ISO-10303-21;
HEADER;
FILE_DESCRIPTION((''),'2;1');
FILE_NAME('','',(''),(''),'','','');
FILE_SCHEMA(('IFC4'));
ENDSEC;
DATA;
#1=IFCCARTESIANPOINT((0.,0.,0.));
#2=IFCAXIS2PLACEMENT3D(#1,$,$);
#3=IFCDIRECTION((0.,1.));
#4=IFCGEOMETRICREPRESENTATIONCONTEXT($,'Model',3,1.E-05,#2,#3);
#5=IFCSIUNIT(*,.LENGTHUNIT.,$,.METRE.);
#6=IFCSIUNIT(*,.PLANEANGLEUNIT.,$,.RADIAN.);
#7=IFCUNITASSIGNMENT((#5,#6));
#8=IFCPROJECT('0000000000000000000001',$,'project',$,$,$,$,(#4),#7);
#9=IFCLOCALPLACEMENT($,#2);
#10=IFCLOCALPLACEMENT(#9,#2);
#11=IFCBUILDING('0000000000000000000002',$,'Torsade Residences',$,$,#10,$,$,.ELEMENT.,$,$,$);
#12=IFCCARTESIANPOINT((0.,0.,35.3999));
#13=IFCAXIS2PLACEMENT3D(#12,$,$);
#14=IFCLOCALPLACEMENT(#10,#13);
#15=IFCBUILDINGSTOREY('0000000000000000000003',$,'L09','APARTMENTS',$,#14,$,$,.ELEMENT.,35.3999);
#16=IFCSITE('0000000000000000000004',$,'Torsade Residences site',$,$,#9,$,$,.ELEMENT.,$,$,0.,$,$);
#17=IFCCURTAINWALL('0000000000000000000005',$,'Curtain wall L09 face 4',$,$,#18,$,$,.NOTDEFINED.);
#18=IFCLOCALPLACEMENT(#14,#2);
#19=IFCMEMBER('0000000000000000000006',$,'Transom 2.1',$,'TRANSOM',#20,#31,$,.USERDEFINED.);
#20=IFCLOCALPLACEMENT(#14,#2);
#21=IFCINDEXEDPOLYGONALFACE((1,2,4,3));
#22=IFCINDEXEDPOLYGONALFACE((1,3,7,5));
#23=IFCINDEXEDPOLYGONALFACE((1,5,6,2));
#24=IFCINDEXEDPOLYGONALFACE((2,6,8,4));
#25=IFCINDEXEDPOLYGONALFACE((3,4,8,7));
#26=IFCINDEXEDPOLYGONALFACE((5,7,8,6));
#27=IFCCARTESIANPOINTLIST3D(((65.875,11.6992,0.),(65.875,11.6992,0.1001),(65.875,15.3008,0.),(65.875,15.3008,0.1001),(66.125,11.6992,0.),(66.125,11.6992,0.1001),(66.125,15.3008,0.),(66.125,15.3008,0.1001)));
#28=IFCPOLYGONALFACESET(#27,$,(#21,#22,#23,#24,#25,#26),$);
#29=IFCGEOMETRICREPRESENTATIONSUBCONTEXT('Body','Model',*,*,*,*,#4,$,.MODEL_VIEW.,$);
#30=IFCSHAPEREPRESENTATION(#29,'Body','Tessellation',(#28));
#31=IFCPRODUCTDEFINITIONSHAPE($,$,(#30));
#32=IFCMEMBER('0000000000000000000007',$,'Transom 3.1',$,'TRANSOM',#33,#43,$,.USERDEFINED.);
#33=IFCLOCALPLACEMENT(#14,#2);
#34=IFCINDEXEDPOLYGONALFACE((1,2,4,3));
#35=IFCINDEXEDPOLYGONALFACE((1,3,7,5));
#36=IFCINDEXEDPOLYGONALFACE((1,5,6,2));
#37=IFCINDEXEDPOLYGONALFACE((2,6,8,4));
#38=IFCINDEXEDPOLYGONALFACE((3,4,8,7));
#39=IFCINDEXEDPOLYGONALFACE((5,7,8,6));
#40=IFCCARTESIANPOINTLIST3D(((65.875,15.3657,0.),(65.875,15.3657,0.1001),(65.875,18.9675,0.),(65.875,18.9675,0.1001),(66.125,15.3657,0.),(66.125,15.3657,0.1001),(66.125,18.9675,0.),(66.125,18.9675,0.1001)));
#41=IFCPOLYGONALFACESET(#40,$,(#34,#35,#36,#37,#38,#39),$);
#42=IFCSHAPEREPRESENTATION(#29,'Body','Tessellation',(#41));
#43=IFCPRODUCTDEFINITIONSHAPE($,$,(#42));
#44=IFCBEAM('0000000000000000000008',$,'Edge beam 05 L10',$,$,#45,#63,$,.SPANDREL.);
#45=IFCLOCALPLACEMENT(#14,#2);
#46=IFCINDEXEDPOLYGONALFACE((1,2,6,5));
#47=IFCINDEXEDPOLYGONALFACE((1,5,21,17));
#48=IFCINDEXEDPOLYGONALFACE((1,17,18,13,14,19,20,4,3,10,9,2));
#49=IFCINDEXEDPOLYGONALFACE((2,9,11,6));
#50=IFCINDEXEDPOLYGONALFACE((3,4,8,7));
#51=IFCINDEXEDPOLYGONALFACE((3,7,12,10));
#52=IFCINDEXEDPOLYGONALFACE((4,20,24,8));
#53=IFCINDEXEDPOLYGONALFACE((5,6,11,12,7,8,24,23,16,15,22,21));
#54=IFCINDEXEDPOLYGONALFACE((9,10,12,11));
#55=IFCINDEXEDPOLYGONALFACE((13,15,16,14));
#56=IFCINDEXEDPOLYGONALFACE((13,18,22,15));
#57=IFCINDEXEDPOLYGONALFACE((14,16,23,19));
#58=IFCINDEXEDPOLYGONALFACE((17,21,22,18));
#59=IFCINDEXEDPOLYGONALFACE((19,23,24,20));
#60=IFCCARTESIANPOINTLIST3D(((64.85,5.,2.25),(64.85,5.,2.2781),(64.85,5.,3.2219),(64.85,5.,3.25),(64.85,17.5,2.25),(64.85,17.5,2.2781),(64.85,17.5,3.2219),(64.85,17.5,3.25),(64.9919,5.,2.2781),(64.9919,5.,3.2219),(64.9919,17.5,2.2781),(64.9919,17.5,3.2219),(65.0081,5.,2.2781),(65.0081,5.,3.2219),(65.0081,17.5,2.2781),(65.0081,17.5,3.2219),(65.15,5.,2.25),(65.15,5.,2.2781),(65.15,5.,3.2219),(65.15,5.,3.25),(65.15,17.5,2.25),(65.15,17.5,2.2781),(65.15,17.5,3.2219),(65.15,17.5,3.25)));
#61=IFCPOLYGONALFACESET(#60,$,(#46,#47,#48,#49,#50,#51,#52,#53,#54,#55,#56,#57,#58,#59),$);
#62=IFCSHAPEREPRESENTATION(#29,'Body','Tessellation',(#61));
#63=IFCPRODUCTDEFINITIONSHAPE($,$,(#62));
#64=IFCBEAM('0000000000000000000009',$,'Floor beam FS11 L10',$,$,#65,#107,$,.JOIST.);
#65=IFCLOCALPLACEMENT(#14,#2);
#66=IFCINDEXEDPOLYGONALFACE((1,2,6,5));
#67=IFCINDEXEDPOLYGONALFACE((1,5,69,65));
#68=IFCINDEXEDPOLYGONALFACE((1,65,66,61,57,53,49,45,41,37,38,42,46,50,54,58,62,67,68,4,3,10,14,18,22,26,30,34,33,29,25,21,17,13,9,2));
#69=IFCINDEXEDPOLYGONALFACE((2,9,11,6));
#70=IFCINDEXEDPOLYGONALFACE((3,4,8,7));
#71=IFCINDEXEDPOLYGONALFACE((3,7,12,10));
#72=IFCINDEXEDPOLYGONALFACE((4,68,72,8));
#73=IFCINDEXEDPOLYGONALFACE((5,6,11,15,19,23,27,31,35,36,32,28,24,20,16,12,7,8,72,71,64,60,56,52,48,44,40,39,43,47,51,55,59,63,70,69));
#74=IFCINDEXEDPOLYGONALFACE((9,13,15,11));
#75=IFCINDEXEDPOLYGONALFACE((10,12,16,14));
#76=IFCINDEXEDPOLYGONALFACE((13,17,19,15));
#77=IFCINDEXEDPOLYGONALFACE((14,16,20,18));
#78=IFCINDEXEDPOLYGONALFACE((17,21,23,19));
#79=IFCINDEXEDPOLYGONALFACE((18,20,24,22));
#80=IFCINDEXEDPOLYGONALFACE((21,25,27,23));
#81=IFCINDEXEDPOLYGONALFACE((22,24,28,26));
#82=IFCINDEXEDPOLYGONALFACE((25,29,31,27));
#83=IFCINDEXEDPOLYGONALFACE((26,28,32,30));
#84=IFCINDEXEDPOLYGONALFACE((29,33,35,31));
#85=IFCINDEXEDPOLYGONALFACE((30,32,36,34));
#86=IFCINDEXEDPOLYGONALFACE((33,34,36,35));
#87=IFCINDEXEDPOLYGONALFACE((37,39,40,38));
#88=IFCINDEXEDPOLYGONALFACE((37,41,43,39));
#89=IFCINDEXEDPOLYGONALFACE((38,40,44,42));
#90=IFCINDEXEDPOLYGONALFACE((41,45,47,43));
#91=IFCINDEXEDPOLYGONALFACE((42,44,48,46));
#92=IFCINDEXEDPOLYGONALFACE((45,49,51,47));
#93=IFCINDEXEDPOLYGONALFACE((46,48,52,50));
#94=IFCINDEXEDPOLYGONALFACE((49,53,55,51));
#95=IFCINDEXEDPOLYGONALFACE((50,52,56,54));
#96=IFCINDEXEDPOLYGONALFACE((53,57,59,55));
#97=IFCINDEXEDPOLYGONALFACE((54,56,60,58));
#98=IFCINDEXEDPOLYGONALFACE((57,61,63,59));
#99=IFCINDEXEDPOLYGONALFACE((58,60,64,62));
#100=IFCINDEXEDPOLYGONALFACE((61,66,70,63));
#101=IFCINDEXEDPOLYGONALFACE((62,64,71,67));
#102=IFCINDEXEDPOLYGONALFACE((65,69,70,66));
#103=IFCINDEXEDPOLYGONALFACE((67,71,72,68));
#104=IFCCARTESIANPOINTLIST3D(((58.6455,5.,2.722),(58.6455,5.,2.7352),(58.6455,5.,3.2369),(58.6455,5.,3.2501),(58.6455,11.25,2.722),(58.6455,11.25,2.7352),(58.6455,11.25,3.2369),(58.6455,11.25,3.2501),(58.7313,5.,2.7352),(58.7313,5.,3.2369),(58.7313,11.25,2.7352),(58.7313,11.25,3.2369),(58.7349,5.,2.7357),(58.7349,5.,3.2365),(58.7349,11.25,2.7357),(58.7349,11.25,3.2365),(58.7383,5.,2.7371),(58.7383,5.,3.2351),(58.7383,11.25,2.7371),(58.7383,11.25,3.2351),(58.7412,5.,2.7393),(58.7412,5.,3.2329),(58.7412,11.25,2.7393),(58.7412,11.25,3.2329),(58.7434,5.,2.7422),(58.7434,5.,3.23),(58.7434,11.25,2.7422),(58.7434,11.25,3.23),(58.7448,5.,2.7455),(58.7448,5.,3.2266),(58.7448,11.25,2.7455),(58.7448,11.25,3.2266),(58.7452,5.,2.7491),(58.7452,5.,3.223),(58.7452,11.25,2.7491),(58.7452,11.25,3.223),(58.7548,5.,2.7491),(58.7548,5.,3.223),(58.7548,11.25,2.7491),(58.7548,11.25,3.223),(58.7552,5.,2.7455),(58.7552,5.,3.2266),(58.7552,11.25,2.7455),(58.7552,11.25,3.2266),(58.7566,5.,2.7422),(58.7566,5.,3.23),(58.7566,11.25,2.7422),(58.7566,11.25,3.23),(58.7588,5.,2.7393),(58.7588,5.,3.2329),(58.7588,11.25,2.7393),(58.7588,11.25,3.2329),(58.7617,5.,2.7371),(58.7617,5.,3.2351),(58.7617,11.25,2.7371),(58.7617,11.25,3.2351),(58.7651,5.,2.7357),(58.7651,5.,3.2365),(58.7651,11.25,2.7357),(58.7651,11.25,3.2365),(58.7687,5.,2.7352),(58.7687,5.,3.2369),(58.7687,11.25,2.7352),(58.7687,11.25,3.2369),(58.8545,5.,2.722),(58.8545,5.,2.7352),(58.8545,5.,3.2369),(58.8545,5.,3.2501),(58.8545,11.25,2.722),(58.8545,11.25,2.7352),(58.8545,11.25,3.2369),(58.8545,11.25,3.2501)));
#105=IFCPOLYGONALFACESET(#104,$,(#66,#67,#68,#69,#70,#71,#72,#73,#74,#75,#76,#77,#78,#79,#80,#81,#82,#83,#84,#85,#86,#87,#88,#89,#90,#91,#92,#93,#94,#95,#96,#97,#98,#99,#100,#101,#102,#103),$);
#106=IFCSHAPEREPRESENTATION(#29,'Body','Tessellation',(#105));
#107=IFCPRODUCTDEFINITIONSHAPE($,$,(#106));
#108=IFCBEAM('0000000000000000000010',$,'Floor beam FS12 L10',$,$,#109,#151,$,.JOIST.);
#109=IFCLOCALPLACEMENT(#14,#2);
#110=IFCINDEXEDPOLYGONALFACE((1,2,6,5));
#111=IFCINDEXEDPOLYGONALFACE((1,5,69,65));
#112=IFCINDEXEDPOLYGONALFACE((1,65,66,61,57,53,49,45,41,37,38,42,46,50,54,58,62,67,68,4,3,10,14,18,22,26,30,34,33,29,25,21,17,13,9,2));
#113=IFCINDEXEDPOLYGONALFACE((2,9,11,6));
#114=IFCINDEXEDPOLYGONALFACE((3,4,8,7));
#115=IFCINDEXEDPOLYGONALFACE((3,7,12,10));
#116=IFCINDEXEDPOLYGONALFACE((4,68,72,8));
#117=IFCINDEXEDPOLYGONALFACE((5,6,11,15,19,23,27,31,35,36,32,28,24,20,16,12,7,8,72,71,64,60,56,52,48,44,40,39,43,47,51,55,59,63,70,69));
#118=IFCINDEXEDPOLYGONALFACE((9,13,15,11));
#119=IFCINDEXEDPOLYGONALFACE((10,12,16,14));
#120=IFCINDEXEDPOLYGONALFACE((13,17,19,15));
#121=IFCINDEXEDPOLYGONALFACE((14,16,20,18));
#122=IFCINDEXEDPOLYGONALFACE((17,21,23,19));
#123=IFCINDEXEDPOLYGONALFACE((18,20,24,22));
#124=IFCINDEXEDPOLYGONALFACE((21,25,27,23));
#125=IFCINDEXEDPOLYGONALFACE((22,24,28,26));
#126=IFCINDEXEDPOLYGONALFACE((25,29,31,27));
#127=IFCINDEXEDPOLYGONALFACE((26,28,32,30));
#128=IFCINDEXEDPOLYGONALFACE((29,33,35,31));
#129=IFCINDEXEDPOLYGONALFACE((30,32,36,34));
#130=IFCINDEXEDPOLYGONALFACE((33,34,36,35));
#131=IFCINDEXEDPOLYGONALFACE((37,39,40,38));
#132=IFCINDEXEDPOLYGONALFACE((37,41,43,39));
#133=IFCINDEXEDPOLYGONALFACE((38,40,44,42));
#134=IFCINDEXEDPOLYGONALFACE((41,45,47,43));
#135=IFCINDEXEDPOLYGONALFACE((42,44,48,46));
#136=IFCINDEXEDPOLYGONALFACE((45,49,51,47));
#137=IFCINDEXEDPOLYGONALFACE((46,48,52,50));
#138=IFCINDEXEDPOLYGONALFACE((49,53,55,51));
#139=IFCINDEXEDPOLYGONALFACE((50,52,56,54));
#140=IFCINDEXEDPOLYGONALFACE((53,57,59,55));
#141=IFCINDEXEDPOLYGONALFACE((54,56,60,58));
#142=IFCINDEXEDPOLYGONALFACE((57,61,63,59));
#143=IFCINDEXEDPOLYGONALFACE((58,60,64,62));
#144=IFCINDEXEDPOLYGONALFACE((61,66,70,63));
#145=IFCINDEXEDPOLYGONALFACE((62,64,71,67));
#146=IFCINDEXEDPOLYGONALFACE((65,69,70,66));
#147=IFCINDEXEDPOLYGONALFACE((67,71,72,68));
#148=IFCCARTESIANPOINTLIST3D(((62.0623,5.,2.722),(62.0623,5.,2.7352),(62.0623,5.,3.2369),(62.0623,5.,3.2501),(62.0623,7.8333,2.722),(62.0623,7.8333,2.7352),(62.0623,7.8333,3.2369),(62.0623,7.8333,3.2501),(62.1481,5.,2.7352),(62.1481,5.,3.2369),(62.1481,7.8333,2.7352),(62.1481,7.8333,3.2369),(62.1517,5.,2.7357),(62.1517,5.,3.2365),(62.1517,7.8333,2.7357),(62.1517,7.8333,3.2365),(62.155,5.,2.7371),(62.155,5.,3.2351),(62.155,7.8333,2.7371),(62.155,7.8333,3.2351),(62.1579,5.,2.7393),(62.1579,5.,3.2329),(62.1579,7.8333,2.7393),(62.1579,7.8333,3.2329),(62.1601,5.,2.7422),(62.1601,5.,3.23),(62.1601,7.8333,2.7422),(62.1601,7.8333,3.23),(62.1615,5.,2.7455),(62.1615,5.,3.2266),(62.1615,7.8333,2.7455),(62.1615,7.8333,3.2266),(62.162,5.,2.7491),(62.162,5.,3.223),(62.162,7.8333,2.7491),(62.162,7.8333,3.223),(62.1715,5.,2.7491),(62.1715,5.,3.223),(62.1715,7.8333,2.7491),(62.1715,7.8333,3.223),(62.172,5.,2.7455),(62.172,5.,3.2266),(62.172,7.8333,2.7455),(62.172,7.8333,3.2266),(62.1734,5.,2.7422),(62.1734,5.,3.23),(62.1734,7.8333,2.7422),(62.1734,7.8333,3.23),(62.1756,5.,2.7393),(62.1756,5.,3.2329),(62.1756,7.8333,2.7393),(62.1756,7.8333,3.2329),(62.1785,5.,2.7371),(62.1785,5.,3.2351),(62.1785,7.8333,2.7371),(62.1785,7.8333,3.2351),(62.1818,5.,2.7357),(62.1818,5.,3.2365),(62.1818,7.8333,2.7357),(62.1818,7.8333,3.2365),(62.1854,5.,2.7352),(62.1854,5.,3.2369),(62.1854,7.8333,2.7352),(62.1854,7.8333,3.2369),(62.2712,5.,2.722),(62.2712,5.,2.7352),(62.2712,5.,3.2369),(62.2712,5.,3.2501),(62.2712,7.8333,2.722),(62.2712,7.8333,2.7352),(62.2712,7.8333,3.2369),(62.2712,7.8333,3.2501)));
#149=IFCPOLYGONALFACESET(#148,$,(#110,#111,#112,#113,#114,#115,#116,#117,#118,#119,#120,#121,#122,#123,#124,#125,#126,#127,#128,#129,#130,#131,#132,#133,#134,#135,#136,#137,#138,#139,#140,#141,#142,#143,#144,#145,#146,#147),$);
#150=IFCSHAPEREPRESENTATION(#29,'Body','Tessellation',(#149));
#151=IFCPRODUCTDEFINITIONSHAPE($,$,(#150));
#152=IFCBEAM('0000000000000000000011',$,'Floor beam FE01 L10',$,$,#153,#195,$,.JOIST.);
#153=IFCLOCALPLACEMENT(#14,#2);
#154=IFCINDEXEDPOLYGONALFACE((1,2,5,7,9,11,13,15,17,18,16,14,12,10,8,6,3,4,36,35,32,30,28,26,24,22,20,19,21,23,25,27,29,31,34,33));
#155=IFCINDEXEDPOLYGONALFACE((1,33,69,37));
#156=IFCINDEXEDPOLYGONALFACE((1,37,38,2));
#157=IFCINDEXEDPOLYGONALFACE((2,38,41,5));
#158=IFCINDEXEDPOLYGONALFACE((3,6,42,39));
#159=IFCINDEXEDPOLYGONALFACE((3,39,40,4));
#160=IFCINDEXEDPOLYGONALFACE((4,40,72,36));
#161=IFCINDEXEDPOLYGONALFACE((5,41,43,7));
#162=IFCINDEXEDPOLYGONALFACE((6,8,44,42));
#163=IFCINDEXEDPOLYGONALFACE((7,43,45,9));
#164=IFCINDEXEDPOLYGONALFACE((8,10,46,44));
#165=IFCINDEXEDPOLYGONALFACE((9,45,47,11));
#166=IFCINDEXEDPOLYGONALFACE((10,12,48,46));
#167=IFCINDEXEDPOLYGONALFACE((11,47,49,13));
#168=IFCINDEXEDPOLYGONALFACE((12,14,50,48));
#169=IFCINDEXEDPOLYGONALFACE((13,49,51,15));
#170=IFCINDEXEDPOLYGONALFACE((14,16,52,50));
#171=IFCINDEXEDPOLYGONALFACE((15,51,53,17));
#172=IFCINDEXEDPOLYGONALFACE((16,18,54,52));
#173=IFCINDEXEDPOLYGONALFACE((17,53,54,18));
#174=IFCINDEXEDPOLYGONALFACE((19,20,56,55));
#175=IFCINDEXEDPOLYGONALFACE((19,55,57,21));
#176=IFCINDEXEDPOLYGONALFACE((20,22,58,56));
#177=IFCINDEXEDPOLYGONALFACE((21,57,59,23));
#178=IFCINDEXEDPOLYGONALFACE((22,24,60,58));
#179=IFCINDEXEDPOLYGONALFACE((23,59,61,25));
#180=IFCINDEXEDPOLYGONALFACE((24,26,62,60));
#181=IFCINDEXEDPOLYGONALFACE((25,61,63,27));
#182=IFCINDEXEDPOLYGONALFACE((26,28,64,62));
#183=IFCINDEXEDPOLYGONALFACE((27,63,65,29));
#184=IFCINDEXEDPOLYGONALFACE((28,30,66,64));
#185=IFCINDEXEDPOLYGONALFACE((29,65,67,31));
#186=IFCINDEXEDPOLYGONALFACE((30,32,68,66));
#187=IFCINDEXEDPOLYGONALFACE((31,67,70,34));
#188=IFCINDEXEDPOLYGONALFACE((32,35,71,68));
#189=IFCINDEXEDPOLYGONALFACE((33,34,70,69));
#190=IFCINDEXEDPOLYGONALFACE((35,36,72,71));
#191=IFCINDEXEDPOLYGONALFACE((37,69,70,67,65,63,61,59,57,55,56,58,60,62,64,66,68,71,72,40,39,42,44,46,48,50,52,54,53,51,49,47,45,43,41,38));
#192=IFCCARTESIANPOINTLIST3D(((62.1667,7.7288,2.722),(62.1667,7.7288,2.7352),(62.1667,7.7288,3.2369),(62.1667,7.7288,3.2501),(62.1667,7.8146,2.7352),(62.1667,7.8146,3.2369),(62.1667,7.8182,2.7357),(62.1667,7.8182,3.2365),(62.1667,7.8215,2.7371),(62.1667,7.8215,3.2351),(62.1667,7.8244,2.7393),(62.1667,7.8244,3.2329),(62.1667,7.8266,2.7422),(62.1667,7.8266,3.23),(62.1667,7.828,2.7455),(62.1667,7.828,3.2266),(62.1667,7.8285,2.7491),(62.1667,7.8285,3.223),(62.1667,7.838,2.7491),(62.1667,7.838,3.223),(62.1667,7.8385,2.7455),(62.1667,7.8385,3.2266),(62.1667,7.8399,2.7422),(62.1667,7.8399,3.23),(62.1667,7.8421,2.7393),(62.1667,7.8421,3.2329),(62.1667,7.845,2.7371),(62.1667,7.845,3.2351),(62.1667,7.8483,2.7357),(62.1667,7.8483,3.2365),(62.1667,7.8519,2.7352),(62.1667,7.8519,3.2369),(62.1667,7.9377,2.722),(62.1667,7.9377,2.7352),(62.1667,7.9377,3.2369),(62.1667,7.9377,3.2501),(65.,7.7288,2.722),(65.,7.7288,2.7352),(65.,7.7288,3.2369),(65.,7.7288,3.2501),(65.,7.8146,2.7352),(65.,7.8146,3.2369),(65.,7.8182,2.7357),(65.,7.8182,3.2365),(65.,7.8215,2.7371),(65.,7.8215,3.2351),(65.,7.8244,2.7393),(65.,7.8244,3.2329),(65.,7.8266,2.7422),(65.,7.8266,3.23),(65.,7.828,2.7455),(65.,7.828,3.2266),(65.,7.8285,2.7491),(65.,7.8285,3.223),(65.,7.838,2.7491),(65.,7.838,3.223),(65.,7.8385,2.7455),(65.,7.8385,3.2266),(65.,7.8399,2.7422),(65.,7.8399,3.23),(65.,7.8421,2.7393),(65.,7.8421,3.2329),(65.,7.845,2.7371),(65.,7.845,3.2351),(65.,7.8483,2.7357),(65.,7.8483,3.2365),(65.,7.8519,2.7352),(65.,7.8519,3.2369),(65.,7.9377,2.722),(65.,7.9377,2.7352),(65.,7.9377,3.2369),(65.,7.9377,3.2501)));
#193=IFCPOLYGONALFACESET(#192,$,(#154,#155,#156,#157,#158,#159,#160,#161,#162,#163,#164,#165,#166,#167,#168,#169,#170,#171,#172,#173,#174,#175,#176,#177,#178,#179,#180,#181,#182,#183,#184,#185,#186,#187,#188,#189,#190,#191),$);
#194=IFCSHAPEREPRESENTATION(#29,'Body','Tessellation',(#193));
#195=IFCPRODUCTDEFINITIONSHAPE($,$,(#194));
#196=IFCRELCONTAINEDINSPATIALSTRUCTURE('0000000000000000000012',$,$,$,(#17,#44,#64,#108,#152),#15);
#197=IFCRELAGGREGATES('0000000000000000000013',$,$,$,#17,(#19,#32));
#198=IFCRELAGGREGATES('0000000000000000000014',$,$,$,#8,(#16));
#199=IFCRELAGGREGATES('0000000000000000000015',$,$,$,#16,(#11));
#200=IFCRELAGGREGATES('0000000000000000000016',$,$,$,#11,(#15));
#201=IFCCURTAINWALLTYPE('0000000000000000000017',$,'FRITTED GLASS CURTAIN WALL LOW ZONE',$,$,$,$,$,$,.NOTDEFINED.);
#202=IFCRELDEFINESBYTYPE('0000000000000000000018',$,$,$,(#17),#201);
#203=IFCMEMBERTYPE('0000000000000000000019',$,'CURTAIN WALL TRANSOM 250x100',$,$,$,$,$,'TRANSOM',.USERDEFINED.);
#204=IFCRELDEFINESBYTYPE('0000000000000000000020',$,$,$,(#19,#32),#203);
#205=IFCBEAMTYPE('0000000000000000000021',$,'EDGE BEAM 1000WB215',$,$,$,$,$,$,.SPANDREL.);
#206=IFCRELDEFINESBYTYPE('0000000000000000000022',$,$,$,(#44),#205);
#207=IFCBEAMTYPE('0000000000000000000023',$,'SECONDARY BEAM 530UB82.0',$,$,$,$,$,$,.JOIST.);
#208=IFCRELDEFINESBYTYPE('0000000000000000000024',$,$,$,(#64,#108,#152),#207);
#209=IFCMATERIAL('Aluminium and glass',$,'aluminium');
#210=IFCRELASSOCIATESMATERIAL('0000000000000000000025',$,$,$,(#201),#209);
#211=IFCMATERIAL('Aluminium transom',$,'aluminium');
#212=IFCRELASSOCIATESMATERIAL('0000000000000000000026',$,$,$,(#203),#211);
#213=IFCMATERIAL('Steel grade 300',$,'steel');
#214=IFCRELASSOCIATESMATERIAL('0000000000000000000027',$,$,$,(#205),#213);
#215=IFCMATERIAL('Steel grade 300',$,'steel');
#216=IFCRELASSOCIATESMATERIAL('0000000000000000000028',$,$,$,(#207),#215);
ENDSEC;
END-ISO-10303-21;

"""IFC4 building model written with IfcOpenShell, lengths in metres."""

from ifc_helpers import new_model, si_unit, direction, frame, origin, origin_2d, place, context, subcontext, project, spatial, rectangle, i_section, extrude, material, material_profile, profile_set, type_object, element, aggregate, save


model = new_model("IFC4")

# Units and contexts
model_context = context("Model", 3, precision=1e-05, world=origin(), true_north=direction((0.0, 1.0)))
body_context = subcontext(model_context, "Body", "Model", "MODEL_VIEW")
ifc_project = project(units=[si_unit("LENGTHUNIT", "METRE"), si_unit("PLANEANGLEUNIT", "RADIAN")], contexts=[model_context])

# Site, building, storey
site_placement = place(None, origin())
site = spatial("IfcSite", under=ifc_project, at=site_placement, Name="Torsade Residences site", CompositionType="ELEMENT", RefElevation=0.0)
building_placement = place(site_placement, origin())
building = spatial("IfcBuilding", under=site, at=building_placement, Name="Torsade Residences", CompositionType="ELEMENT")
storey_placement = place(building_placement, frame((0.0, 0.0, 35.3999)))
storey = spatial("IfcBuildingStorey", under=building, at=storey_placement, Name="L09", Description="APARTMENTS", CompositionType="ELEMENT", Elevation=35.3999)

# Curtain wall
ifc_material_1 = material(Name="Aluminium and glass", Category="aluminium")
curtain_wall_type = type_object("IfcCurtainWallType", Name="FRITTED GLASS CURTAIN WALL LOW ZONE", PredefinedType="NOTDEFINED", material=ifc_material_1)
curtain_wall_1_placement = place(storey_placement, origin())
curtain_wall_1 = element("IfcCurtainWall", 1, at=curtain_wall_1_placement, inside=storey, type_object=curtain_wall_type, Name="Curtain wall L09 face 4", PredefinedType="NOTDEFINED")

# Members
ifc_material_2 = material(Name="Aluminium transom", Category="aluminium")
ifc_material_profile_1 = material_profile(ifc_material_2, rectangle(XDim=0.25, YDim=0.1001, at=origin_2d()), Name="CURTAIN WALL TRANSOM 250x100")
ifc_profile_set_1 = profile_set([ifc_material_profile_1], Name="Aluminium transom")
member_type_1 = type_object("IfcMemberType", Name="CURTAIN WALL TRANSOM 250x100", ElementType="TRANSOM", PredefinedType="USERDEFINED", material=ifc_profile_set_1)
member_1_placement = place(storey_placement, frame((66.0, 11.6992, 0.05), z_axis=(0.0, 1.0, 0.0), x_axis=(-1.0, 0.0, 0.0)))
member_1 = element("IfcMember", 2, at=member_1_placement, type_object=member_type_1, Name="Transom 2.1", ObjectType="TRANSOM", PredefinedType="USERDEFINED", context=body_context, shape_type="SweptSolid", body=[
    extrude(rectangle(XDim=0.25, YDim=0.1001, at=origin_2d()), origin(), (0.0, 0.0, 1.0), 3.6016),
])
member_2_placement = place(storey_placement, frame((66.0, 15.3657, 0.05), z_axis=(0.0, 1.0, 0.0), x_axis=(-1.0, 0.0, 0.0)))
member_2 = element("IfcMember", 3, at=member_2_placement, type_object=member_type_1, Name="Transom 3.1", ObjectType="TRANSOM", PredefinedType="USERDEFINED", context=body_context, shape_type="SweptSolid", body=[
    extrude(rectangle(XDim=0.25, YDim=0.1001, at=origin_2d()), origin(), (0.0, 0.0, 1.0), 3.6018),
])

# Beams
ifc_material_3 = material(Name="Steel grade 300", Category="steel")
ifc_material_profile_2 = material_profile(ifc_material_3, i_section(OverallWidth=0.3, OverallDepth=1.0, WebThickness=0.0161, FlangeThickness=0.0281, at=origin_2d()), Name="1000WB215")
ifc_profile_set_2 = profile_set([ifc_material_profile_2], Name="Steel grade 300")
beam_type_1 = type_object("IfcBeamType", Name="EDGE BEAM 1000WB215", PredefinedType="SPANDREL", material=ifc_profile_set_2)
beam_1_placement = place(storey_placement, frame((65.0, 5.0, 2.75), z_axis=(0.0, 1.0, 0.0), x_axis=(-1.0, 0.0, 0.0)))
element("IfcBeam", 4, at=beam_1_placement, inside=storey, type_object=beam_type_1, Name="Edge beam 05 L10", PredefinedType="SPANDREL", context=body_context, shape_type="SweptSolid", body=[
    extrude(i_section(OverallWidth=0.3, OverallDepth=1.0, WebThickness=0.0161, FlangeThickness=0.0281, at=origin_2d()), origin(), (0.0, 0.0, 1.0), 12.5),
])
ifc_material_4 = material(Name="Steel grade 300", Category="steel")
ifc_material_profile_3 = material_profile(ifc_material_4, i_section(OverallWidth=0.209, OverallDepth=0.5281, WebThickness=0.0095, FlangeThickness=0.0132, FilletRadius=0.0139, at=origin_2d()), Name="530UB82.0")
ifc_profile_set_3 = profile_set([ifc_material_profile_3], Name="Steel grade 300")
beam_type_2 = type_object("IfcBeamType", Name="SECONDARY BEAM 530UB82.0", PredefinedType="JOIST", material=ifc_profile_set_3)
beam_2_placement = place(storey_placement, frame((58.75, 5.0, 2.9861), z_axis=(0.0, 1.0, 0.0), x_axis=(-1.0, 0.0, 0.0)))
element("IfcBeam", 5, at=beam_2_placement, inside=storey, type_object=beam_type_2, Name="Floor beam FS11 L10", PredefinedType="JOIST", context=body_context, shape_type="SweptSolid", body=[
    extrude(i_section(OverallWidth=0.209, OverallDepth=0.5281, WebThickness=0.0095, FlangeThickness=0.0132, FilletRadius=0.0139, at=origin_2d()), origin(), (0.0, 0.0, 1.0), 6.25),
])
for number, where, z_axis, x_axis, name in (
    (6, (62.1667, 5.0, 2.9861), (0.0, 1.0, 0.0), (-1.0, 0.0, 0.0), "Floor beam FS12 L10"),
    (7, (65.0, 7.8333, 2.9861), (-1.0, 0.0, 0.0), (0.0, -1.0, 0.0), "Floor beam FE01 L10"),
):
    element("IfcBeam", number, at=place(storey_placement, frame(where, z_axis=z_axis, x_axis=x_axis)), inside=storey, type_object=beam_type_2, Name=name, PredefinedType="JOIST", context=body_context, shape_type="SweptSolid", body=[
        extrude(i_section(OverallWidth=0.209, OverallDepth=0.5281, WebThickness=0.0095, FlangeThickness=0.0132, FilletRadius=0.0139, at=origin_2d()), origin(), (0.0, 0.0, 1.0), 2.8333),
    ])

aggregate(curtain_wall_1, [member_1, member_2])

save(model, "model.ifc")
